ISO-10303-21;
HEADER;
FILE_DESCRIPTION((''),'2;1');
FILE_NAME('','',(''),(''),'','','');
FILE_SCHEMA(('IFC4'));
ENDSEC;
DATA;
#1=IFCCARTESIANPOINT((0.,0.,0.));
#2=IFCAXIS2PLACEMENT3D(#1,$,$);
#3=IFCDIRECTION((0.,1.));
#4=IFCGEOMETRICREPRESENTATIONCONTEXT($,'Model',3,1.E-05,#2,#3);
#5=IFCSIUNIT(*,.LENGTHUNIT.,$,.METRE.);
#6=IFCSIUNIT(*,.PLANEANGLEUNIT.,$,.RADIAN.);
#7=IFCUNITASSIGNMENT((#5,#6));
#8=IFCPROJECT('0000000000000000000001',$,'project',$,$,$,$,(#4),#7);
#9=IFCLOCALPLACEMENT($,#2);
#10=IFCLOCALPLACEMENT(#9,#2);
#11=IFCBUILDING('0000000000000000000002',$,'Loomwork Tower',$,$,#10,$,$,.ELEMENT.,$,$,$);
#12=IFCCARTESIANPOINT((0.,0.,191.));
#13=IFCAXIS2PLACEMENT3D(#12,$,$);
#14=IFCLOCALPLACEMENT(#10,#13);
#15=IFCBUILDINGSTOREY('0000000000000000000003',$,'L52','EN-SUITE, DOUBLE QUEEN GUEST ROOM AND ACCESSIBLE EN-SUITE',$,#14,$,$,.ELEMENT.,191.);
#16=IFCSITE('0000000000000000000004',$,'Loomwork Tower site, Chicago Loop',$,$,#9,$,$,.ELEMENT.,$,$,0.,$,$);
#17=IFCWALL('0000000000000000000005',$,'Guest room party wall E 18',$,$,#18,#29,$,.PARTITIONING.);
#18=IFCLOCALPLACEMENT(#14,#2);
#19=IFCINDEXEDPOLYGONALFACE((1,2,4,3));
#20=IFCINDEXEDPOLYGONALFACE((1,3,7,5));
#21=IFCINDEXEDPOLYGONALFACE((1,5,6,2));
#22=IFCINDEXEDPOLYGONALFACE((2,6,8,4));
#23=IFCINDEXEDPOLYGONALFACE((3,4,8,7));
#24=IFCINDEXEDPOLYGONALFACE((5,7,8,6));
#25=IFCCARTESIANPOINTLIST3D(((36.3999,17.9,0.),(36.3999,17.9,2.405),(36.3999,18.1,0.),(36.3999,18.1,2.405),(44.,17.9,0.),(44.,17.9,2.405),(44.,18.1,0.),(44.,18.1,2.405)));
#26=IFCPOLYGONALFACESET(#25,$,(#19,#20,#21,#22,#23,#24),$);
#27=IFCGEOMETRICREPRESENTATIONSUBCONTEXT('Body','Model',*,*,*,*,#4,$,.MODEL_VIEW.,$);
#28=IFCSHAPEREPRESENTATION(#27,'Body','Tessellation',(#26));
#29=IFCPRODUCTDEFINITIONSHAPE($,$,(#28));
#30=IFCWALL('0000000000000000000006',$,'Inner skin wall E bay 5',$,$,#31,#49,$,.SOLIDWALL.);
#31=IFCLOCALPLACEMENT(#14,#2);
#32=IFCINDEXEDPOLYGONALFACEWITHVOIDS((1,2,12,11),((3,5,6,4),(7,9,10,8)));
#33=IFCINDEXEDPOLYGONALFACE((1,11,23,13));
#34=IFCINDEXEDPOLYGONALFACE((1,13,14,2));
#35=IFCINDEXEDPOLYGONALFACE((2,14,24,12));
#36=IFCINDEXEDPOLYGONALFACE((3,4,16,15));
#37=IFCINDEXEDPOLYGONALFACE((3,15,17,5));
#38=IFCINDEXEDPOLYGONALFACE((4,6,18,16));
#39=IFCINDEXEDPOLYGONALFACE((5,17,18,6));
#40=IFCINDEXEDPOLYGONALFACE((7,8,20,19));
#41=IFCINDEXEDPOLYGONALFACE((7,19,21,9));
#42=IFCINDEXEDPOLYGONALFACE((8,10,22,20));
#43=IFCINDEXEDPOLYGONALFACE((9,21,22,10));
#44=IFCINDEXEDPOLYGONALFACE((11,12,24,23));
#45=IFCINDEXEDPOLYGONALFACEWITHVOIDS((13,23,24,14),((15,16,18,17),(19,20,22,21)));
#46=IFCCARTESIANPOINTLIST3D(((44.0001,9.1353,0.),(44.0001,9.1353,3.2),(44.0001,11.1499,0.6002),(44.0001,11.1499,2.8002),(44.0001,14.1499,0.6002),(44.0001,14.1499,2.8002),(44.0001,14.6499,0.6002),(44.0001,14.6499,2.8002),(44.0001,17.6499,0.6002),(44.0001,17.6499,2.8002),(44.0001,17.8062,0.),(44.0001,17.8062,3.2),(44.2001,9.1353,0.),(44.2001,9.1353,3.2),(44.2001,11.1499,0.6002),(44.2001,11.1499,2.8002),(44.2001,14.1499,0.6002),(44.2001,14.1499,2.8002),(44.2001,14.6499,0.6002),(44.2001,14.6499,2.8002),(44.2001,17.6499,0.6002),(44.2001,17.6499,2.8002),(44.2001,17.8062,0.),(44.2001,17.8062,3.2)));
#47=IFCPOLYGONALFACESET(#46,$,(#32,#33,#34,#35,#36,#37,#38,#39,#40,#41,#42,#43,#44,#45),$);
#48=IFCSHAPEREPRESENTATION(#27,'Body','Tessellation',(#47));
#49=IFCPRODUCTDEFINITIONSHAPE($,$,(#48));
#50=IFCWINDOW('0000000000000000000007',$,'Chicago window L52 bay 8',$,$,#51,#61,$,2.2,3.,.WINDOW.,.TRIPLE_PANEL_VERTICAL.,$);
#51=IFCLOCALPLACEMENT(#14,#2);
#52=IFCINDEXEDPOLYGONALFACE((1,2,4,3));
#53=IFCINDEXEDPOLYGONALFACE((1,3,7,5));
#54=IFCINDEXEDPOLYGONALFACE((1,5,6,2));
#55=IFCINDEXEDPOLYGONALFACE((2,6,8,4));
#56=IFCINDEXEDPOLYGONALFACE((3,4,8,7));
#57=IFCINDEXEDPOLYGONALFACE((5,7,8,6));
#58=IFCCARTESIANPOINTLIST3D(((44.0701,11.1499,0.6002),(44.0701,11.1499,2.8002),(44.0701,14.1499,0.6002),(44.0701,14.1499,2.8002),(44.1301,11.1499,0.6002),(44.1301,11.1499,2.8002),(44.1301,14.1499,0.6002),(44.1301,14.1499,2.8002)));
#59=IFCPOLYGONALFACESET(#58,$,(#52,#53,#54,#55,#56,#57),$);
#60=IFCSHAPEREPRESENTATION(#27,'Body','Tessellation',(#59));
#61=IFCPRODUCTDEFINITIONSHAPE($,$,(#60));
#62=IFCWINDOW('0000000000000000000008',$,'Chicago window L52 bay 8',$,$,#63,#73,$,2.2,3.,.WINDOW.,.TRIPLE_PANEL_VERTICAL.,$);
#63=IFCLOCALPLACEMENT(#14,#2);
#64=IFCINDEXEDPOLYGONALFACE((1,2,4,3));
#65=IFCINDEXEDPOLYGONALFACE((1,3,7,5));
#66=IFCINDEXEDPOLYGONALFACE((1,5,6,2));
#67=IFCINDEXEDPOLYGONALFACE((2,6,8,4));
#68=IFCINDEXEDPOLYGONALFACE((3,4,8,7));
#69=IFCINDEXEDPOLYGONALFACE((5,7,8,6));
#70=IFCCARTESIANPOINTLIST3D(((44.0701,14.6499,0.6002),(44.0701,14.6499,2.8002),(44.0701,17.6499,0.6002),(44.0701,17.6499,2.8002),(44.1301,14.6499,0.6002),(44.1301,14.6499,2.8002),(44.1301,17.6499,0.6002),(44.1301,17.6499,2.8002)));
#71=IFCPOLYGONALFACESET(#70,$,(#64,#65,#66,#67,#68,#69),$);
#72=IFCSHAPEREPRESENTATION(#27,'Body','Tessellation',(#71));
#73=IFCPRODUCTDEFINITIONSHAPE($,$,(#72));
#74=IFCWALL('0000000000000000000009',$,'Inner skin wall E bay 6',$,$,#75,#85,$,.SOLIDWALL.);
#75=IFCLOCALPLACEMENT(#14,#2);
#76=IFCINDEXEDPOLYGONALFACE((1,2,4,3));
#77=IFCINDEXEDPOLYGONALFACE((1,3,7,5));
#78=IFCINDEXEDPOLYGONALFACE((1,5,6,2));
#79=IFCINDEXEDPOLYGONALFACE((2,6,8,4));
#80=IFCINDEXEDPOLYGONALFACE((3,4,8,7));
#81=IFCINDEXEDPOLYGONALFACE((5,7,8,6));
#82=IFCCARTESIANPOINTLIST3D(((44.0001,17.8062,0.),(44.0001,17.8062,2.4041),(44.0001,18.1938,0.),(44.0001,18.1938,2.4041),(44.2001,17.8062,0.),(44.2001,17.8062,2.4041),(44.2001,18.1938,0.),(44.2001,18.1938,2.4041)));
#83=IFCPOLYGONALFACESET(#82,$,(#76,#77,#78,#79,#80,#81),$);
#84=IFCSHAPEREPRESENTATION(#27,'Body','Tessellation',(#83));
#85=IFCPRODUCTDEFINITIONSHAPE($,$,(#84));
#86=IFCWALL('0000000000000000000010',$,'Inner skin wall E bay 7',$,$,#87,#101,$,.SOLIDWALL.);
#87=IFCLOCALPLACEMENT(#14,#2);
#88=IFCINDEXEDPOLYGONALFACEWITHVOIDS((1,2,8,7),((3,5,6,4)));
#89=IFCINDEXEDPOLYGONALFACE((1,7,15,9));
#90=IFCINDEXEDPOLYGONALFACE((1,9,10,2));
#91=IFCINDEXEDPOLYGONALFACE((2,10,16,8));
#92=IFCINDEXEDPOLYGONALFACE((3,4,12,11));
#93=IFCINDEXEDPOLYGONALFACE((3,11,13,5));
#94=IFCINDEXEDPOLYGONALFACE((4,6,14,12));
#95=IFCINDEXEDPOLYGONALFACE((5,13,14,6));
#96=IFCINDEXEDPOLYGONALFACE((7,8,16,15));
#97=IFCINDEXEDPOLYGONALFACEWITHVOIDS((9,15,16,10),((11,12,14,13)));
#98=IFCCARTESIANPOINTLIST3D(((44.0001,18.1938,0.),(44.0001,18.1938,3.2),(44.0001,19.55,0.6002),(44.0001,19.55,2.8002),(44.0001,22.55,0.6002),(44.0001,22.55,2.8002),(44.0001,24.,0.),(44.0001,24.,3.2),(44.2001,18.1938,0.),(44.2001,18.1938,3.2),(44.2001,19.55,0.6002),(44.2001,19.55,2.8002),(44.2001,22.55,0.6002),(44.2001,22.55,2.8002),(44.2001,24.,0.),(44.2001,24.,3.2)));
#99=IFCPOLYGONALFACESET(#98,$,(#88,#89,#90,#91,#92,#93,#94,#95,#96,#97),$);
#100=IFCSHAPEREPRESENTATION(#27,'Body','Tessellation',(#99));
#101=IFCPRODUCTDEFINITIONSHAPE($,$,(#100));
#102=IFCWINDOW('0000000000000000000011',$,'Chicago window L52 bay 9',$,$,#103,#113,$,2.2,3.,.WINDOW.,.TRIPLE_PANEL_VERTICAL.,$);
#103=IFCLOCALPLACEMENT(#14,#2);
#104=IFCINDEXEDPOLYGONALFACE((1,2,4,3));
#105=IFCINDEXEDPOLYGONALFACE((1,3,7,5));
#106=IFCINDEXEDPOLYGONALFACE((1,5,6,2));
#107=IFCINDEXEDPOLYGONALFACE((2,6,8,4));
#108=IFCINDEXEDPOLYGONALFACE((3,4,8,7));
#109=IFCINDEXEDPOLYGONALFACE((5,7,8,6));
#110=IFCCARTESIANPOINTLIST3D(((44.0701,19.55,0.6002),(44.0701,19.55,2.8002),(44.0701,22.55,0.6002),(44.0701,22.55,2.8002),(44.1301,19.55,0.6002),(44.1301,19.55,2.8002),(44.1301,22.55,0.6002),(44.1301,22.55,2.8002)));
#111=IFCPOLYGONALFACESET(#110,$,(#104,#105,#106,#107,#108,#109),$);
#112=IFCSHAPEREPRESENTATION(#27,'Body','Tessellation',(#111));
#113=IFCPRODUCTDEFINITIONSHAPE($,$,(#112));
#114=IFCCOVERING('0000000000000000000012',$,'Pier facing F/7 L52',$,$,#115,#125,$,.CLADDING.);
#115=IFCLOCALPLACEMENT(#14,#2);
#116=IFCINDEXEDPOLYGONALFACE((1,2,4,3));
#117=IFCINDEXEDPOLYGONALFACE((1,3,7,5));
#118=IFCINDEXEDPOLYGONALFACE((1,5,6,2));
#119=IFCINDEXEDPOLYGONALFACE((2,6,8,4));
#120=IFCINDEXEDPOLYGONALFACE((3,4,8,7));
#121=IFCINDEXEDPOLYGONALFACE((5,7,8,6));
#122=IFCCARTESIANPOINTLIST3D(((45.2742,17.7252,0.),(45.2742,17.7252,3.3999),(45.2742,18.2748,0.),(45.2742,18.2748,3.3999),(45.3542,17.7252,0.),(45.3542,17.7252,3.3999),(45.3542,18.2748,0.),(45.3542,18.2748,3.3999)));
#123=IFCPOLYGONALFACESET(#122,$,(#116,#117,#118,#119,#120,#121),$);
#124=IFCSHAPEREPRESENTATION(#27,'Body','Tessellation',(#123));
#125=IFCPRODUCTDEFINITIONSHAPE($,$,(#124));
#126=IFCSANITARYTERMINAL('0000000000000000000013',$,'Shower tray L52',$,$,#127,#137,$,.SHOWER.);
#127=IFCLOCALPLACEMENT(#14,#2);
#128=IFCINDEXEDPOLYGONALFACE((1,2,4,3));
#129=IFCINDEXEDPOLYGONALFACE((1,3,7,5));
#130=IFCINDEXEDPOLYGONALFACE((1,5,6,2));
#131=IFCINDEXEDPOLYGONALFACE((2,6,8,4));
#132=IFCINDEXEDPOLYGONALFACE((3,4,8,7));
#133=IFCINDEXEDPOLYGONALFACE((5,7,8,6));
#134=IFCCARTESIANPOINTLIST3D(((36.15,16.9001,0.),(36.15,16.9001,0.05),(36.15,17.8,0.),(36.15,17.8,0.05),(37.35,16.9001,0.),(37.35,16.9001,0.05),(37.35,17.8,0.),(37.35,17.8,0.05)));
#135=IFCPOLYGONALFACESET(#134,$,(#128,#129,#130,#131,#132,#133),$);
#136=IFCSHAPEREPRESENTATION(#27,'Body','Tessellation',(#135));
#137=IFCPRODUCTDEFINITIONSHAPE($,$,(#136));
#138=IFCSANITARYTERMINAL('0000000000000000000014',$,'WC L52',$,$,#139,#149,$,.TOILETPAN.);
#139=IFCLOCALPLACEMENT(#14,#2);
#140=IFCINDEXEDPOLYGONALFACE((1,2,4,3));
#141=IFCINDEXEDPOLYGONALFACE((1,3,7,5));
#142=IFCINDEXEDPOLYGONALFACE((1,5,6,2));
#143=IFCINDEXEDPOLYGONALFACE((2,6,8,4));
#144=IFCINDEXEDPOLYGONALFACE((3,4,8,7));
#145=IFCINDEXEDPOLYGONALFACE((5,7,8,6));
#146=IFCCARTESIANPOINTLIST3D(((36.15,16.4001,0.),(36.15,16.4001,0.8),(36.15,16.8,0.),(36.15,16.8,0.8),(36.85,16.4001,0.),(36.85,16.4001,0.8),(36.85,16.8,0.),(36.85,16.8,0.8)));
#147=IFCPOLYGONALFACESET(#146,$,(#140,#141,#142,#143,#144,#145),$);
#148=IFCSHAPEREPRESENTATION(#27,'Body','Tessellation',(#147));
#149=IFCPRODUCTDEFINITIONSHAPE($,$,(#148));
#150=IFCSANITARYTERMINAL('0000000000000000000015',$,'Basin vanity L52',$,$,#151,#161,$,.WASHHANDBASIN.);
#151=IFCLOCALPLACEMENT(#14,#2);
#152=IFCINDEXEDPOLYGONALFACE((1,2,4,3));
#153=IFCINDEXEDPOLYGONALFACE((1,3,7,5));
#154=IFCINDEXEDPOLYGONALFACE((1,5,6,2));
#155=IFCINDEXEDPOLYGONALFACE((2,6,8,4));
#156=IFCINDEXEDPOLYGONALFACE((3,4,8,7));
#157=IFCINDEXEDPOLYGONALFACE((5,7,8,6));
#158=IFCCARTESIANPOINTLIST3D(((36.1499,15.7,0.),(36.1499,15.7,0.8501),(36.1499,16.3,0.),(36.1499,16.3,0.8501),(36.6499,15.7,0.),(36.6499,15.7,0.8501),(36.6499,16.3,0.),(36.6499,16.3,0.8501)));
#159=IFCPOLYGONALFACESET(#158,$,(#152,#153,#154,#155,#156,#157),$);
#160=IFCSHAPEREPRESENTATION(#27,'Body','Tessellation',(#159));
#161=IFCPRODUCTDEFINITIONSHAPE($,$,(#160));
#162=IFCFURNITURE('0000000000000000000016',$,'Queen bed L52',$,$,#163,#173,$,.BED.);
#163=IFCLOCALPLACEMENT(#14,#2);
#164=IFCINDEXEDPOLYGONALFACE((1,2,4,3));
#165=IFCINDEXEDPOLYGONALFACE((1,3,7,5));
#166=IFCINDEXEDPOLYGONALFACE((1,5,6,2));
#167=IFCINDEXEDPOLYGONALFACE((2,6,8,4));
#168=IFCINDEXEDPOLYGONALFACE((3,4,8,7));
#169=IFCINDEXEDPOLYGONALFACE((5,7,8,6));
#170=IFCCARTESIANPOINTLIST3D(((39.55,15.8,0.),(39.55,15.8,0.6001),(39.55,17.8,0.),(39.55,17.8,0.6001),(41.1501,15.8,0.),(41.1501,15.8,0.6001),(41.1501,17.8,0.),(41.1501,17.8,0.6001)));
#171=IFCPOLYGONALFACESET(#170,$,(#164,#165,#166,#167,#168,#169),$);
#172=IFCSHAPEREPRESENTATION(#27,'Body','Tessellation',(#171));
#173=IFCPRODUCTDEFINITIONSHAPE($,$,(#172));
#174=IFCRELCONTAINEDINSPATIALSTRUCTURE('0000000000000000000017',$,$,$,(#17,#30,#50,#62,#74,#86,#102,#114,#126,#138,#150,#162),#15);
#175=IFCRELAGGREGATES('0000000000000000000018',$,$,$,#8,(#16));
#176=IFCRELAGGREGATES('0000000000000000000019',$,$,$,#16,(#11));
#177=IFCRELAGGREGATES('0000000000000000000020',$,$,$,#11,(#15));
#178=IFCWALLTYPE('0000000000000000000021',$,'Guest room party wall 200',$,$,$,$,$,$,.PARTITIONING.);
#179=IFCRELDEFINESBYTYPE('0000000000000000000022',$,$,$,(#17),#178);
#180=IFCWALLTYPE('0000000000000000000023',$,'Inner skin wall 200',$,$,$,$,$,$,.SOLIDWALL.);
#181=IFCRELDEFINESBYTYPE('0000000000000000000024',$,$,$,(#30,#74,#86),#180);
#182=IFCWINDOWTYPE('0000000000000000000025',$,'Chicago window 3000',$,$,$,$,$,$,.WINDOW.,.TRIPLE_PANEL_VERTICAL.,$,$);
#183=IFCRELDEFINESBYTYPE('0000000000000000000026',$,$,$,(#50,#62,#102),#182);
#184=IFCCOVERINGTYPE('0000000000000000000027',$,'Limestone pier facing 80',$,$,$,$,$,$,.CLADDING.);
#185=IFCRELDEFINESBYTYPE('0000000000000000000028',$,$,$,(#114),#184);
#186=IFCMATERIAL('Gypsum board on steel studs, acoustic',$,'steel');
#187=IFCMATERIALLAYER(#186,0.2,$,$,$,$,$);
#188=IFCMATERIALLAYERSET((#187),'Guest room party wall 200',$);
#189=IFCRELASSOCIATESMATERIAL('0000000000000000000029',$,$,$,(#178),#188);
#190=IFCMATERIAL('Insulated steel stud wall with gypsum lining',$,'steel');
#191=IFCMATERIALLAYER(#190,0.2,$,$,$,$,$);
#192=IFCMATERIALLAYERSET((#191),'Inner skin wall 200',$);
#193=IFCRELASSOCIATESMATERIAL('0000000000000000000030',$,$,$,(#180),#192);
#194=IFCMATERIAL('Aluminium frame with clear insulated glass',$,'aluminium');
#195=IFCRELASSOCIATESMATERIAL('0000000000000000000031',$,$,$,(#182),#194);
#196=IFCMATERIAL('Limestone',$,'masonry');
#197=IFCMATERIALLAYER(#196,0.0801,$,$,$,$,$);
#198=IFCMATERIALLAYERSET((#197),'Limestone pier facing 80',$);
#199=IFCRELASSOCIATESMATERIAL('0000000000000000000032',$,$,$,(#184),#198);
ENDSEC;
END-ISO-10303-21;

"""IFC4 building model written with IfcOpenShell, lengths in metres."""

from ifc_helpers import new_model, si_unit, direction, frame, frame_2d, origin, origin_2d, place, context, subcontext, project, spatial, rectangle, extrude, material, layer, layer_set, type_object, element, fill, save


model = new_model("IFC4")

# Units and contexts
model_context = context("Model", 3, precision=1e-05, world=origin(), true_north=direction((0.0, 1.0)))
body_context = subcontext(model_context, "Body", "Model", "MODEL_VIEW")
ifc_project = project(units=[si_unit("LENGTHUNIT", "METRE"), si_unit("PLANEANGLEUNIT", "RADIAN")], contexts=[model_context])

# Site, building, storey
site_placement = place(None, origin())
site = spatial("IfcSite", under=ifc_project, at=site_placement, Name="Loomwork Tower site, Chicago Loop", CompositionType="ELEMENT", RefElevation=0.0)
building_placement = place(site_placement, origin())
building = spatial("IfcBuilding", under=site, at=building_placement, Name="Loomwork Tower", CompositionType="ELEMENT")
storey_placement = place(building_placement, frame((0.0, 0.0, 191.0)))
storey = spatial("IfcBuildingStorey", under=building, at=storey_placement, Name="L52", Description="EN-SUITE, DOUBLE QUEEN GUEST ROOM AND ACCESSIBLE EN-SUITE", CompositionType="ELEMENT", Elevation=191.0)

# Wall
ifc_material_1 = material(Name="Gypsum board on steel studs, acoustic", Category="steel")
ifc_layer_1 = layer(ifc_material_1, 0.2)
ifc_layer_set_1 = layer_set([ifc_layer_1], Name="Guest room party wall 200")
wall_type_1 = type_object("IfcWallType", Name="Guest room party wall 200", PredefinedType="PARTITIONING", material=ifc_layer_set_1)
wall_1_placement = place(storey_placement, frame((36.3999, 18.0, 0.0), z_axis=(0.0, 0.0, 1.0), x_axis=(1.0, 0.0, 0.0)))
element("IfcWall", 1, at=wall_1_placement, inside=storey, type_object=wall_type_1, Name="Guest room party wall E 18", PredefinedType="PARTITIONING", context=body_context, shape_type="SweptSolid", body=[
    extrude(rectangle(XDim=7.6001, YDim=0.2, at=frame_2d((3.8, 0.0))), origin(), (0.0, 0.0, 1.0), 2.405),
])

# Wall, openings, windows
ifc_material_2 = material(Name="Insulated steel stud wall with gypsum lining", Category="steel")
ifc_layer_2 = layer(ifc_material_2, 0.2)
ifc_layer_set_2 = layer_set([ifc_layer_2], Name="Inner skin wall 200")
wall_type_2 = type_object("IfcWallType", Name="Inner skin wall 200", PredefinedType="SOLIDWALL", material=ifc_layer_set_2)
wall_2_placement = place(storey_placement, frame((44.1001, 9.1353, 0.0), z_axis=(0.0, 0.0, 1.0), x_axis=(0.0, 1.0, 0.0)))
wall_2 = element("IfcWall", 2, at=wall_2_placement, inside=storey, type_object=wall_type_2, Name="Inner skin wall E bay 5", PredefinedType="SOLIDWALL", context=body_context, shape_type="SweptSolid", body=[
    extrude(rectangle(XDim=8.6709, YDim=0.2, at=frame_2d((4.3354, 0.0))), origin(), (0.0, 0.0, 1.0), 3.2),
])
opening_1_placement = place(wall_2_placement, frame((2.0146, 0.0, 0.6001)))
opening_1 = element("IfcOpeningElement", 3, at=opening_1_placement, cuts=wall_2, PredefinedType="OPENING", context=body_context, shape_type="SweptSolid", body=[
    extrude(rectangle(XDim=3.0, YDim=2.2, at=frame_2d((1.5, 1.1001))), frame((0.0, 0.1099, 0.0), z_axis=(0.0, -1.0, 0.0), x_axis=(1.0, 0.0, 0.0)), (0.0, 0.0, 1.0), 0.22),
])
opening_2_placement = place(wall_2_placement, frame((5.5146, 0.0, 0.6001)))
opening_2 = element("IfcOpeningElement", 4, at=opening_2_placement, cuts=wall_2, PredefinedType="OPENING", context=body_context, shape_type="SweptSolid", body=[
    extrude(rectangle(XDim=3.0, YDim=2.2, at=frame_2d((1.5, 1.1001))), frame((0.0, 0.1099, 0.0), z_axis=(0.0, -1.0, 0.0), x_axis=(1.0, 0.0, 0.0)), (0.0, 0.0, 1.0), 0.22),
])
ifc_material_3 = material(Name="Aluminium frame with clear insulated glass", Category="aluminium")
window_type = type_object("IfcWindowType", Name="Chicago window 3000", PartitioningType="TRIPLE_PANEL_VERTICAL", PredefinedType="WINDOW", material=ifc_material_3)
window_1_placement = place(opening_1_placement, origin())
window_1 = element("IfcWindow", 5, at=window_1_placement, inside=storey, type_object=window_type, Name="Chicago window L52 bay 8", OverallHeight=2.2, OverallWidth=3.0, PartitioningType="TRIPLE_PANEL_VERTICAL", PredefinedType="WINDOW", context=body_context, shape_type="SweptSolid", body=[
    extrude(rectangle(XDim=3.0, YDim=2.2, at=frame_2d((1.5, 1.1001))), frame((0.0, 0.03, 0.0), z_axis=(0.0, -1.0, 0.0), x_axis=(1.0, 0.0, 0.0)), (0.0, 0.0, 1.0), 0.0601),
])
fill(opening_1, window_1)
window_2_placement = place(opening_2_placement, origin())
window_2 = element("IfcWindow", 6, at=window_2_placement, inside=storey, type_object=window_type, Name="Chicago window L52 bay 8", OverallHeight=2.2, OverallWidth=3.0, PartitioningType="TRIPLE_PANEL_VERTICAL", PredefinedType="WINDOW", context=body_context, shape_type="SweptSolid", body=[
    extrude(rectangle(XDim=3.0, YDim=2.2, at=frame_2d((1.5, 1.1001))), frame((0.0, 0.03, 0.0), z_axis=(0.0, -1.0, 0.0), x_axis=(1.0, 0.0, 0.0)), (0.0, 0.0, 1.0), 0.0601),
])
fill(opening_2, window_2)

# Wall
wall_3_placement = place(storey_placement, frame((44.1001, 17.8062, 0.0), z_axis=(0.0, 0.0, 1.0), x_axis=(0.0, 1.0, 0.0)))
element("IfcWall", 7, at=wall_3_placement, inside=storey, type_object=wall_type_2, Name="Inner skin wall E bay 6", PredefinedType="SOLIDWALL", context=body_context, shape_type="SweptSolid", body=[
    extrude(rectangle(XDim=0.3877, YDim=0.2, at=frame_2d((0.1938, 0.0))), origin(), (0.0, 0.0, 1.0), 2.4041),
])

# Wall, opening, window
wall_4_placement = place(storey_placement, frame((44.1001, 18.1938, 0.0), z_axis=(0.0, 0.0, 1.0), x_axis=(0.0, 1.0, 0.0)))
wall_4 = element("IfcWall", 8, at=wall_4_placement, inside=storey, type_object=wall_type_2, Name="Inner skin wall E bay 7", PredefinedType="SOLIDWALL", context=body_context, shape_type="SweptSolid", body=[
    extrude(rectangle(XDim=5.8062, YDim=0.2, at=frame_2d((2.9031, 0.0))), origin(), (0.0, 0.0, 1.0), 3.2),
])
opening_3_placement = place(wall_4_placement, frame((1.3562, 0.0, 0.6001)))
opening_3 = element("IfcOpeningElement", 9, at=opening_3_placement, cuts=wall_4, PredefinedType="OPENING", context=body_context, shape_type="SweptSolid", body=[
    extrude(rectangle(XDim=3.0, YDim=2.2, at=frame_2d((1.5, 1.1001))), frame((0.0, 0.1099, 0.0), z_axis=(0.0, -1.0, 0.0), x_axis=(1.0, 0.0, 0.0)), (0.0, 0.0, 1.0), 0.22),
])
window_3_placement = place(opening_3_placement, origin())
window_3 = element("IfcWindow", 10, at=window_3_placement, inside=storey, type_object=window_type, Name="Chicago window L52 bay 9", OverallHeight=2.2, OverallWidth=3.0, PartitioningType="TRIPLE_PANEL_VERTICAL", PredefinedType="WINDOW", context=body_context, shape_type="SweptSolid", body=[
    extrude(rectangle(XDim=3.0, YDim=2.2, at=frame_2d((1.5, 1.1001))), frame((0.0, 0.03, 0.0), z_axis=(0.0, -1.0, 0.0), x_axis=(1.0, 0.0, 0.0)), (0.0, 0.0, 1.0), 0.0601),
])
fill(opening_3, window_3)

# Covering
ifc_material_4 = material(Name="Limestone", Category="masonry")
ifc_layer_3 = layer(ifc_material_4, 0.0801)
ifc_layer_set_3 = layer_set([ifc_layer_3], Name="Limestone pier facing 80")
covering_type = type_object("IfcCoveringType", Name="Limestone pier facing 80", PredefinedType="CLADDING", material=ifc_layer_set_3)
covering_placement = place(storey_placement, frame((45.3142, 18.0, 0.0), z_axis=(0.0, 0.0, 1.0), x_axis=(1.0, 0.0, 0.0)))
element("IfcCovering", 11, at=covering_placement, inside=storey, type_object=covering_type, Name="Pier facing F/7 L52", PredefinedType="CLADDING", context=body_context, shape_type="SweptSolid", body=[
    extrude(rectangle(XDim=0.0801, YDim=0.5496, at=origin_2d()), origin(), (0.0, 0.0, 1.0), 3.3999),
])

# Sanitary terminals
sanitary_terminal_1_placement = place(storey_placement, frame((36.75, 17.3501, 0.0), z_axis=(0.0, 0.0, 1.0), x_axis=(1.0, 0.0, 0.0)))
element("IfcSanitaryTerminal", 12, at=sanitary_terminal_1_placement, inside=storey, Name="Shower tray L52", PredefinedType="SHOWER", context=body_context, shape_type="SweptSolid", body=[
    extrude(rectangle(XDim=1.2, YDim=0.8999, at=origin_2d()), origin(), (0.0, 0.0, 1.0), 0.05),
])
sanitary_terminal_2_placement = place(storey_placement, frame((36.5, 16.6001, 0.0), z_axis=(0.0, 0.0, 1.0), x_axis=(1.0, 0.0, 0.0)))
element("IfcSanitaryTerminal", 13, at=sanitary_terminal_2_placement, inside=storey, Name="WC L52", PredefinedType="TOILETPAN", context=body_context, shape_type="SweptSolid", body=[
    extrude(rectangle(XDim=0.7, YDim=0.3999, at=origin_2d()), origin(), (0.0, 0.0, 1.0), 0.8),
])
sanitary_terminal_3_placement = place(storey_placement, frame((36.3999, 16.0, 0.0), z_axis=(0.0, 0.0, 1.0), x_axis=(1.0, 0.0, 0.0)))
element("IfcSanitaryTerminal", 14, at=sanitary_terminal_3_placement, inside=storey, Name="Basin vanity L52", PredefinedType="WASHHANDBASIN", context=body_context, shape_type="SweptSolid", body=[
    extrude(rectangle(XDim=0.5, YDim=0.6001, at=origin_2d()), origin(), (0.0, 0.0, 1.0), 0.8501),
])

# Furniture
for number, where, z_axis, x_axis, name in (
    (15, (40.3501, 16.8, 0.0), (0.0, 0.0, 1.0), (1.0, 0.0, 0.0), "Queen bed L52"),
):
    element("IfcFurniture", number, at=place(storey_placement, frame(where, z_axis=z_axis, x_axis=x_axis)), inside=storey, Name=name, PredefinedType="BED", context=body_context, shape_type="SweptSolid", body=[
        extrude(rectangle(XDim=1.6001, YDim=2.0, at=origin_2d()), origin(), (0.0, 0.0, 1.0), 0.6001),
    ])

save(model, "model.ifc")
